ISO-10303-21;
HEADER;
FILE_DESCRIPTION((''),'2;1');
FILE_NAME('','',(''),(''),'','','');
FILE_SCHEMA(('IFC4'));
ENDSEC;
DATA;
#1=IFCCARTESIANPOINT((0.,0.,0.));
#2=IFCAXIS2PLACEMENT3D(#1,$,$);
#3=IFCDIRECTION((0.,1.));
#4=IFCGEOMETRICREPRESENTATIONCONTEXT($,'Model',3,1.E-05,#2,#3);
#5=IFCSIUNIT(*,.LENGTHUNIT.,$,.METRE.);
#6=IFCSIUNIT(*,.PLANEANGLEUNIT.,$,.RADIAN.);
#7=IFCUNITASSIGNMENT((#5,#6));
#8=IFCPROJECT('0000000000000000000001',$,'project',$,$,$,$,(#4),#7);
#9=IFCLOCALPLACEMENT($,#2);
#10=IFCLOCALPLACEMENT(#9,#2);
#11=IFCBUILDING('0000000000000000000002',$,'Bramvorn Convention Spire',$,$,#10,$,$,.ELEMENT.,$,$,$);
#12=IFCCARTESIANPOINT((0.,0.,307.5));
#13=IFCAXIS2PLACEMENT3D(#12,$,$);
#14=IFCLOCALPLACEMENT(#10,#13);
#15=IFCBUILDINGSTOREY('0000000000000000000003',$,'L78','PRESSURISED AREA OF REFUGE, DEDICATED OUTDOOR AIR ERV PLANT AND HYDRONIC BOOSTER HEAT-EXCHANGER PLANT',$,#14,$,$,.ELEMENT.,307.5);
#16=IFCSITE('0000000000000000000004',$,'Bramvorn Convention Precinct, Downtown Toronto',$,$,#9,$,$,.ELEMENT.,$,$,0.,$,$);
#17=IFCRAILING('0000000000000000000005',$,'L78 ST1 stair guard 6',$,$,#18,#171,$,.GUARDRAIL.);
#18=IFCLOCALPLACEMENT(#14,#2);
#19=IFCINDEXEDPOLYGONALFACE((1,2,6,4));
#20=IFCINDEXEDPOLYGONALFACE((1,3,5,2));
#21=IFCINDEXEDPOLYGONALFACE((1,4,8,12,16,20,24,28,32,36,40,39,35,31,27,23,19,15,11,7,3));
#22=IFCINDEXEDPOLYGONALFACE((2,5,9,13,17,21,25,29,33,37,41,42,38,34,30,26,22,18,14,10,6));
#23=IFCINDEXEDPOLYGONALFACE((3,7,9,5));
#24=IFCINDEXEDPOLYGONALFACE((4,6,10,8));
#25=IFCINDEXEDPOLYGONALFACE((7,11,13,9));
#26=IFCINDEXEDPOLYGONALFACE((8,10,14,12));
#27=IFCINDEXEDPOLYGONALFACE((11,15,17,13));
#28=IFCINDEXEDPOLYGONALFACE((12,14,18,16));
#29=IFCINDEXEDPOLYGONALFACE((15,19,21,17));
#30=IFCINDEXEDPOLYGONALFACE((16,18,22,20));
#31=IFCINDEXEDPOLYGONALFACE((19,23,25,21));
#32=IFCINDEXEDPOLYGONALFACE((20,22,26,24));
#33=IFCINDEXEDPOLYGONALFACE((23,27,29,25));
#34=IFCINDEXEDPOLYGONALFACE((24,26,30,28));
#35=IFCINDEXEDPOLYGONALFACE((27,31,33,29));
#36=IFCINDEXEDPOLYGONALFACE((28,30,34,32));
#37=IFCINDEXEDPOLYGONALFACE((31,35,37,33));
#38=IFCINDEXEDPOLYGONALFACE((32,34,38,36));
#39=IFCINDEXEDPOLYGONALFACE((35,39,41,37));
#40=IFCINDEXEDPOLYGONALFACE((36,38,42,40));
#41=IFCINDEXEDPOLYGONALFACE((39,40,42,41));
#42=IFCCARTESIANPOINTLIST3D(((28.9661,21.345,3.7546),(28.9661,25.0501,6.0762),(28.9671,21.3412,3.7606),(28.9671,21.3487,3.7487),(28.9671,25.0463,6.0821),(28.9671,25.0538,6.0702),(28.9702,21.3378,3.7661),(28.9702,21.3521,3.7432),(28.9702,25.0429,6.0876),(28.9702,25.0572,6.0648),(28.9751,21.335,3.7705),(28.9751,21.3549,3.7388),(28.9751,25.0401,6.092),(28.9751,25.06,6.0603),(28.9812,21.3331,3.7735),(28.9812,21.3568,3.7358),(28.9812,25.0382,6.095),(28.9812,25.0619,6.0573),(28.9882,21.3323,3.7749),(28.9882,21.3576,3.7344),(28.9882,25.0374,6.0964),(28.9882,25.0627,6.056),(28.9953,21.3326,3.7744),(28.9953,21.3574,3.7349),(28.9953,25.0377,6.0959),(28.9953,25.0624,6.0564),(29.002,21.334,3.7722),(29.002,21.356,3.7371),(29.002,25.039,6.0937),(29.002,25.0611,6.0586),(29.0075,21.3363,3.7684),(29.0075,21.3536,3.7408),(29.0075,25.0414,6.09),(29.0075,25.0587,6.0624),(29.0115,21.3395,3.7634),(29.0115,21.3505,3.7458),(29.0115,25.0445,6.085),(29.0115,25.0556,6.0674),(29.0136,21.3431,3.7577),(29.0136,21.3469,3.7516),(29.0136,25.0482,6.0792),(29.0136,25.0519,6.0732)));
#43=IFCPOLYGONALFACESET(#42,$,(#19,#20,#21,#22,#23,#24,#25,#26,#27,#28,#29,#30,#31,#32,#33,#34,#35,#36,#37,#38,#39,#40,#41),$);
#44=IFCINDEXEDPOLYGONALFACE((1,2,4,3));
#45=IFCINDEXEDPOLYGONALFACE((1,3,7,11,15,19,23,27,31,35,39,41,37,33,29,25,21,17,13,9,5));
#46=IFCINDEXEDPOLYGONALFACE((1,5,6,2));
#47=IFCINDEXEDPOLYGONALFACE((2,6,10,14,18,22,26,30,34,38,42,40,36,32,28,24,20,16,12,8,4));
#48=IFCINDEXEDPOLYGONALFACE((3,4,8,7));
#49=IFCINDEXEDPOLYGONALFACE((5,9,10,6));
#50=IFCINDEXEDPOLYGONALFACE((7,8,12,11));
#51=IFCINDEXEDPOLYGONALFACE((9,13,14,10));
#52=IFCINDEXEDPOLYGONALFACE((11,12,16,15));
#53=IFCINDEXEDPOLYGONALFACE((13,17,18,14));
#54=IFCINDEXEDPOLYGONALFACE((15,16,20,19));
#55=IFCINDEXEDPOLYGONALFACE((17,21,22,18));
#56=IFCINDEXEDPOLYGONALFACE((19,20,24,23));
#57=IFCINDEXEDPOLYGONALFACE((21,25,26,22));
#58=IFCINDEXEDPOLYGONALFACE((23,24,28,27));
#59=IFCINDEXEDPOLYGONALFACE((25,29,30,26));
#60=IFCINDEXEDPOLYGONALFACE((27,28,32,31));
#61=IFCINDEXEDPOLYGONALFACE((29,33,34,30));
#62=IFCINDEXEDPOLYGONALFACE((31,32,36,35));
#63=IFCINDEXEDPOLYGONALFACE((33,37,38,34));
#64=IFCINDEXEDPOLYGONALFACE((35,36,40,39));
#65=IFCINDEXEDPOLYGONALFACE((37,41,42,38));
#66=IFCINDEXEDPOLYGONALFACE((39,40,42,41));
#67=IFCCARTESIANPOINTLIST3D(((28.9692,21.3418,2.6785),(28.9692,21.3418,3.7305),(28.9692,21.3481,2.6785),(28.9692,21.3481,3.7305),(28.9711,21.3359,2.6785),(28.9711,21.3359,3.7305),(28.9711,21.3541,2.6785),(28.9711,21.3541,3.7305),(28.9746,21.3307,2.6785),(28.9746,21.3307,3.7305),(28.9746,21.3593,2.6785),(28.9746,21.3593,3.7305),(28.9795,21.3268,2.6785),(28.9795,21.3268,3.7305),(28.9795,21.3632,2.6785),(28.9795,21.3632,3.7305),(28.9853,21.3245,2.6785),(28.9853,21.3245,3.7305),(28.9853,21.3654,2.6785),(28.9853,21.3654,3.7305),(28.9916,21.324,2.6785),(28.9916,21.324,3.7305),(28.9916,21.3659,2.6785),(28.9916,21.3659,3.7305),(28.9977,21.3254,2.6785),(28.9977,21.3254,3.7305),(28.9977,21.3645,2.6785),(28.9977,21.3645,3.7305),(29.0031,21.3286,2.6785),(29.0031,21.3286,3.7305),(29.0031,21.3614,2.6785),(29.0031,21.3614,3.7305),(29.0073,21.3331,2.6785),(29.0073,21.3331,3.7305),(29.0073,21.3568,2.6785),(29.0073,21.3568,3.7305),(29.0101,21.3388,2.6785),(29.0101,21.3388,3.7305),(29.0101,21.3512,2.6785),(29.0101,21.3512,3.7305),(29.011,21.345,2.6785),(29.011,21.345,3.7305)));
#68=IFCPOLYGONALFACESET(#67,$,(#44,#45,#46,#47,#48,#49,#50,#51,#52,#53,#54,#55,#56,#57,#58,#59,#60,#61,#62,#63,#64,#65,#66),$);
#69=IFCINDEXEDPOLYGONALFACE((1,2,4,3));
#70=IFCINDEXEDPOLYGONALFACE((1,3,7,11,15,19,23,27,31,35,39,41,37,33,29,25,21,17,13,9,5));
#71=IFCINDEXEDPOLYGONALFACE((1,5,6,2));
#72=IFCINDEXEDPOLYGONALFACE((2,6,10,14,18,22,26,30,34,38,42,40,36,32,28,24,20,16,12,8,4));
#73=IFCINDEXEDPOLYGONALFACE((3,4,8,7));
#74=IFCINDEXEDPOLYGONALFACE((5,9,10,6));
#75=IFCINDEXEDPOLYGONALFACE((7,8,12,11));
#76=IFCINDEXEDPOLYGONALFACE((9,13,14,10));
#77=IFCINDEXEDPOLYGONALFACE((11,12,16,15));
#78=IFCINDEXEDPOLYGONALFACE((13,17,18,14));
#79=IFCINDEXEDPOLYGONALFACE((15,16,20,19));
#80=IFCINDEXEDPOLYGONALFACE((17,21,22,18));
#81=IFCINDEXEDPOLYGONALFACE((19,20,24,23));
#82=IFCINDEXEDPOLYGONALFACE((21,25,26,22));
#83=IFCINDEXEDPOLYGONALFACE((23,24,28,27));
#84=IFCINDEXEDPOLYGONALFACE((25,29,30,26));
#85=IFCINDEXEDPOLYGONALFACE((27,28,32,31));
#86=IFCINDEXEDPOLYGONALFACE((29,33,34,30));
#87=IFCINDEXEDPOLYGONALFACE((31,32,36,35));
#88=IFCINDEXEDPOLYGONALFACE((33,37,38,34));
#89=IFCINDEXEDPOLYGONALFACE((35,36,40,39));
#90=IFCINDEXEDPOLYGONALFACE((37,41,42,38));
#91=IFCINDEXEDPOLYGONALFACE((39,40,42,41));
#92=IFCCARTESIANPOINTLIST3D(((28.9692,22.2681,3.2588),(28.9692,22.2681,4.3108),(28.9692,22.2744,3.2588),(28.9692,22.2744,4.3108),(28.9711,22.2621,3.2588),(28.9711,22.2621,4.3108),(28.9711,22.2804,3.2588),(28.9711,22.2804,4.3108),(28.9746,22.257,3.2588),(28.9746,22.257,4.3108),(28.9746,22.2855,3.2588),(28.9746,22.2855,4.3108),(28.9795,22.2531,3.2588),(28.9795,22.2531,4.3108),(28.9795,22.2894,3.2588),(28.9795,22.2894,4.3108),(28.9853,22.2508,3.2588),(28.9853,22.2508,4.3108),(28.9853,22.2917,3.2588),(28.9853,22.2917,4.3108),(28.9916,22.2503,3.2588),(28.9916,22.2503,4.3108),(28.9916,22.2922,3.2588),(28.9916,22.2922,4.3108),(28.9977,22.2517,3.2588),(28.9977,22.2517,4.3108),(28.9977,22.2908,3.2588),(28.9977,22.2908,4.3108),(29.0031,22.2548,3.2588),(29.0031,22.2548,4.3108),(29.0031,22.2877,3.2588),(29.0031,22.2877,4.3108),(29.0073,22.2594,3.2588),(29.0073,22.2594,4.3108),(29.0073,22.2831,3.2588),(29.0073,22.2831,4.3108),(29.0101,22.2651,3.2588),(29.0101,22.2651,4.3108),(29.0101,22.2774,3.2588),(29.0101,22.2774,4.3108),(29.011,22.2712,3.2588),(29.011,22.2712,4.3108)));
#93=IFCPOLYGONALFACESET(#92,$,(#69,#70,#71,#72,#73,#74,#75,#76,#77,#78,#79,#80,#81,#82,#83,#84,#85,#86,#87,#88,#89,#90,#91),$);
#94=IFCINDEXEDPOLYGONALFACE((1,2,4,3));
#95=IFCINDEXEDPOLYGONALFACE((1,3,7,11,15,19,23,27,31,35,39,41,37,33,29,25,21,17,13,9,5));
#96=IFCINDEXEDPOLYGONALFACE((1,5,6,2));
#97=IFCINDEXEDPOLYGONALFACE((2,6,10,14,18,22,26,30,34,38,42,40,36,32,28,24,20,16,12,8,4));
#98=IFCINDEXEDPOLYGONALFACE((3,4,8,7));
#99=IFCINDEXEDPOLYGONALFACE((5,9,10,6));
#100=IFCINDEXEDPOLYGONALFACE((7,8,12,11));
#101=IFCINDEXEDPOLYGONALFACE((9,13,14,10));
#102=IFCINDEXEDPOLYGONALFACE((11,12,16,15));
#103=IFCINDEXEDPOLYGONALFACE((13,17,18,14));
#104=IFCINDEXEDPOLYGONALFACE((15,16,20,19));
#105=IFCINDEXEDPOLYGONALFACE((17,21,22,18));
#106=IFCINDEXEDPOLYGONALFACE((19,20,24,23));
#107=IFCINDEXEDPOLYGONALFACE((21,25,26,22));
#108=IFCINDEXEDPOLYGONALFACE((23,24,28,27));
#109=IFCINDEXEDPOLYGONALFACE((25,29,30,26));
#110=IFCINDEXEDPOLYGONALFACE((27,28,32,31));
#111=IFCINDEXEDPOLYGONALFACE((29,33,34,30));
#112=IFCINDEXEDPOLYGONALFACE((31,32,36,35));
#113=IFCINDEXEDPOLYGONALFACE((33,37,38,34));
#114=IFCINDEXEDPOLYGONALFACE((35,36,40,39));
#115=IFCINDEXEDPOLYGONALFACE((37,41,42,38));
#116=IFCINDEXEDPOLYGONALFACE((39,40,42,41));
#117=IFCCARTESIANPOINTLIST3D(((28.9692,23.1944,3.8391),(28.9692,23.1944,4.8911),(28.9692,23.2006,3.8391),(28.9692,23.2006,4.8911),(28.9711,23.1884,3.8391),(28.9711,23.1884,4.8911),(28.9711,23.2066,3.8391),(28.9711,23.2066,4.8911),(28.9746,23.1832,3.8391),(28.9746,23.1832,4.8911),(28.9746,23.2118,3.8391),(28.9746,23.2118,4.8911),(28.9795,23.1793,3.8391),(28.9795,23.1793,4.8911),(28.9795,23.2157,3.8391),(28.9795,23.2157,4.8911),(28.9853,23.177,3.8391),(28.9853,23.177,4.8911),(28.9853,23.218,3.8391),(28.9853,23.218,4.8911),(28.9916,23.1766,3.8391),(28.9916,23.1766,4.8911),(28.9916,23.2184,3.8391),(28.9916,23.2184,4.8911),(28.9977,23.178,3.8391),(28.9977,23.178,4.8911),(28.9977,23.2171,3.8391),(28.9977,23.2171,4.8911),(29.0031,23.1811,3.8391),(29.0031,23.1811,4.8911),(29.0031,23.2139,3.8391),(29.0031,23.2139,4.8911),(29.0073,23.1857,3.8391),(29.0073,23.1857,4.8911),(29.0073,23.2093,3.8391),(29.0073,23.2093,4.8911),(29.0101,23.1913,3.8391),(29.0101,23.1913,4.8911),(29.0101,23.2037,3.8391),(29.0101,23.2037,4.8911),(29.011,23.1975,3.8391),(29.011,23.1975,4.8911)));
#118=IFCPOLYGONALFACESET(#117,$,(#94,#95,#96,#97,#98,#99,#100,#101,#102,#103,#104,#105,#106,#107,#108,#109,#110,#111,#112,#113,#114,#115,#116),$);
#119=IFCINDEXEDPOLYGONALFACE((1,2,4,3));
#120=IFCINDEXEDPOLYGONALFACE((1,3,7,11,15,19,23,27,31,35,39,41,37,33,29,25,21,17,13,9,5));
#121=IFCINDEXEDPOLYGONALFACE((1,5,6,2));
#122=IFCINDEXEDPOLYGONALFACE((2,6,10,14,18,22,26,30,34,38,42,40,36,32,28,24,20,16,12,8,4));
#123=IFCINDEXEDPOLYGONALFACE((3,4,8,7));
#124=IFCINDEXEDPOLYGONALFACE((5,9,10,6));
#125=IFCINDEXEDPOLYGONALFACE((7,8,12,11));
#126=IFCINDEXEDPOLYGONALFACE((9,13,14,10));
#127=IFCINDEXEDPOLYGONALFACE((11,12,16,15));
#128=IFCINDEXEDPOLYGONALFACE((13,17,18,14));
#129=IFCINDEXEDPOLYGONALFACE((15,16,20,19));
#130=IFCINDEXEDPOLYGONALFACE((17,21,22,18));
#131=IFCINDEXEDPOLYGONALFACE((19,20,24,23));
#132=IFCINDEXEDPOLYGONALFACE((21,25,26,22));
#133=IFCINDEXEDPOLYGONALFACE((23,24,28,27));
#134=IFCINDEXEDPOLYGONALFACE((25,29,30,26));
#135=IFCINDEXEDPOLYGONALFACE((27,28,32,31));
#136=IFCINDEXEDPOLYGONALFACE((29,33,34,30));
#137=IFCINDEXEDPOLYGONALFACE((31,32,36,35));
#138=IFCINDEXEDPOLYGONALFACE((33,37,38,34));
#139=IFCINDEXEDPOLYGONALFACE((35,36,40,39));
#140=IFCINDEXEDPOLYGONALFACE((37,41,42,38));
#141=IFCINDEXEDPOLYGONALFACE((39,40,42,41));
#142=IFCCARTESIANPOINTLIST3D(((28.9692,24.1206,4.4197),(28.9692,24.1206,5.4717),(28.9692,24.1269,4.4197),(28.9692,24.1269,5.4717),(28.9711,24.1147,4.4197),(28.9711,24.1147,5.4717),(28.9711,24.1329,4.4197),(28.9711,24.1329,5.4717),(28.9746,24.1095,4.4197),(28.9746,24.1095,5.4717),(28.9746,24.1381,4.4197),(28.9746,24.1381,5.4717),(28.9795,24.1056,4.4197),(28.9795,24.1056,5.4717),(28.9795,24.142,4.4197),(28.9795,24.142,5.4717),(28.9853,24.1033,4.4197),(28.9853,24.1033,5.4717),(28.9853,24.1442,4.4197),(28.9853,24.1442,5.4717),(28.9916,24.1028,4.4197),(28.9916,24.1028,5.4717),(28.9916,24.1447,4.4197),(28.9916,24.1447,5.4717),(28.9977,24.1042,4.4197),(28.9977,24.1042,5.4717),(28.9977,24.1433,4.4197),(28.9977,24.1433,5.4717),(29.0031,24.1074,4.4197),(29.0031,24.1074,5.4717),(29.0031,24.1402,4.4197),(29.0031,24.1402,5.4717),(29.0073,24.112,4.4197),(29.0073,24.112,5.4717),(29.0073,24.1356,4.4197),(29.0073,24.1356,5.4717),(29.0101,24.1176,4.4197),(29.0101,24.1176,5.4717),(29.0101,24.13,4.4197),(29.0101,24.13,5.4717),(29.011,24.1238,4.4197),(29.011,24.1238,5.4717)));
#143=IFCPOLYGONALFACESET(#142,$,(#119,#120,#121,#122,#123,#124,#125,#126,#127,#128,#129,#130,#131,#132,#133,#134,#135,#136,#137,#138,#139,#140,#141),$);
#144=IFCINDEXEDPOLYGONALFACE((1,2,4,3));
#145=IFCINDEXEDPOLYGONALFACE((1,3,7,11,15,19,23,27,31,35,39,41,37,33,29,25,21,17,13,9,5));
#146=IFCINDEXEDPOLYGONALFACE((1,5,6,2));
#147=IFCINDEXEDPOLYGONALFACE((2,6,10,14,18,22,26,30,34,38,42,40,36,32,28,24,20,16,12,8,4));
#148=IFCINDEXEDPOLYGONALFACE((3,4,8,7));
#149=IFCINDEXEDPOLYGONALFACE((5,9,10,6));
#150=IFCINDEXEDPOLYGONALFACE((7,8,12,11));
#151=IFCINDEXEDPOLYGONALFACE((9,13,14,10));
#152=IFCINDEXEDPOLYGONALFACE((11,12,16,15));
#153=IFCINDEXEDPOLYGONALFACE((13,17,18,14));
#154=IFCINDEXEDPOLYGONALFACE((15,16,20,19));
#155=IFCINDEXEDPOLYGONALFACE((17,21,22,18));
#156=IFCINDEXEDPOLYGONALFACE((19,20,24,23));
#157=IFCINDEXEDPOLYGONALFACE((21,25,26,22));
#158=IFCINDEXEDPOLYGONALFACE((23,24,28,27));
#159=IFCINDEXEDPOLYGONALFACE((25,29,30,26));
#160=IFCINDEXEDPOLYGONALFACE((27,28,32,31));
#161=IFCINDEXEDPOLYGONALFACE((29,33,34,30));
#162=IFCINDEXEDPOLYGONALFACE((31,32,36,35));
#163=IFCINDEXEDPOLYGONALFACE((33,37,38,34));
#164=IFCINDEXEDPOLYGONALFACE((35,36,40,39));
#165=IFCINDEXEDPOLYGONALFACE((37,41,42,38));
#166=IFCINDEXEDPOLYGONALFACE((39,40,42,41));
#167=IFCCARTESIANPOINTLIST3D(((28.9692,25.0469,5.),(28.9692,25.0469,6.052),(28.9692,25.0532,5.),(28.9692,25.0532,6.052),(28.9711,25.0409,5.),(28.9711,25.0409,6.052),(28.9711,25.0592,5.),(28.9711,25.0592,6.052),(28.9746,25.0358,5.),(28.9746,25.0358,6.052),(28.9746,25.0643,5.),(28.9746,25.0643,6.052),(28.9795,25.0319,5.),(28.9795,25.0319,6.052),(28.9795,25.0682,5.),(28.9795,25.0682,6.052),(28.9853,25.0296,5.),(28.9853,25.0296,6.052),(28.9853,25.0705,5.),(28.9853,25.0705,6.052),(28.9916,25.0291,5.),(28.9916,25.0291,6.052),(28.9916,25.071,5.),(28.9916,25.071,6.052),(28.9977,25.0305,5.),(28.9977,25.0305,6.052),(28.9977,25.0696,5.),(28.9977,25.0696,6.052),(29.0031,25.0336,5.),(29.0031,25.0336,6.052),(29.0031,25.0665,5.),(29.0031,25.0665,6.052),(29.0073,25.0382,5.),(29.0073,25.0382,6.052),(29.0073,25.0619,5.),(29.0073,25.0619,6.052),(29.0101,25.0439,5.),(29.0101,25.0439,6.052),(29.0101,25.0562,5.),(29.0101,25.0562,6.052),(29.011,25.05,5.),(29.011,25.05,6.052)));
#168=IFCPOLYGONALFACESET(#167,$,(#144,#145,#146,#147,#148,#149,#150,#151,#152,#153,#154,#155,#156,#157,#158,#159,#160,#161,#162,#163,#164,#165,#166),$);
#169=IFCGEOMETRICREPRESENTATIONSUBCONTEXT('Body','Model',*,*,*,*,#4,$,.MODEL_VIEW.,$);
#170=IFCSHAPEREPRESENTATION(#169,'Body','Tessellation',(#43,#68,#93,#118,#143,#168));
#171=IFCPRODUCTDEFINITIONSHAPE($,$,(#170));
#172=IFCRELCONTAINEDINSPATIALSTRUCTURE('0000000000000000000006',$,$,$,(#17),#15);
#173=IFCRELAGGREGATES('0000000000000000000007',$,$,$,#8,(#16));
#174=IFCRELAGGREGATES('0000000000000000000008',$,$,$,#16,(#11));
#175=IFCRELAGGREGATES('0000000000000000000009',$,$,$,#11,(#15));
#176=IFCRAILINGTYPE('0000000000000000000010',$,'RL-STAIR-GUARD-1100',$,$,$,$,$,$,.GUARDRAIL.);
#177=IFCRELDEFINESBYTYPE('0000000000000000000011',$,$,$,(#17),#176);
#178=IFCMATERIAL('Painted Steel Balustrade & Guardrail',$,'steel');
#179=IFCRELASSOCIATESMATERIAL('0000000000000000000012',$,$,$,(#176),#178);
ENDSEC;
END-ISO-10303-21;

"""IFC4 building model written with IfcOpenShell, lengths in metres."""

from ifc_helpers import new_model, si_unit, direction, frame, origin, origin_2d, place, context, subcontext, project, spatial, circle, extrude, material, type_object, element, save


model = new_model("IFC4")

# Units and contexts
model_context = context("Model", 3, precision=1e-05, world=origin(), true_north=direction((0.0, 1.0)))
body_context = subcontext(model_context, "Body", "Model", "MODEL_VIEW")
ifc_project = project(units=[si_unit("LENGTHUNIT", "METRE"), si_unit("PLANEANGLEUNIT", "RADIAN")], contexts=[model_context])

# Site, building, storey
site_placement = place(None, origin())
site = spatial("IfcSite", under=ifc_project, at=site_placement, Name="Bramvorn Convention Precinct, Downtown Toronto", CompositionType="ELEMENT", RefElevation=0.0)
building_placement = place(site_placement, origin())
building = spatial("IfcBuilding", under=site, at=building_placement, Name="Bramvorn Convention Spire", CompositionType="ELEMENT")
storey_placement = place(building_placement, frame((0.0, 0.0, 307.5)))
storey = spatial("IfcBuildingStorey", under=building, at=storey_placement, Name="L78", Description="PRESSURISED AREA OF REFUGE, DEDICATED OUTDOOR AIR ERV PLANT AND HYDRONIC BOOSTER HEAT-EXCHANGER PLANT", CompositionType="ELEMENT", Elevation=307.5)

# Railing
ifc_material_1 = material(Name="Painted Steel Balustrade & Guardrail", Category="steel")
railing_type_1 = type_object("IfcRailingType", Name="RL-STAIR-GUARD-1100", PredefinedType="GUARDRAIL", material=ifc_material_1)
railing_1_placement = place(storey_placement, frame((28.99, 21.345, 2.6785)))
element("IfcRailing", 1, at=railing_1_placement, inside=storey, type_object=railing_type_1, Name="L78 ST1 stair guard 6", PredefinedType="GUARDRAIL", context=body_context, shape_type="SweptSolid", body=[
    extrude(circle(Radius=0.0239, at=origin_2d()), frame((0.0, 0.0, 1.0762), z_axis=(0.0, 0.847395, 0.530962), x_axis=(-1.0, 0.0, 0.0)), (0.0, 0.0, 1.0), 4.3723),
    extrude(circle(Radius=0.021, at=origin_2d()), origin(), (0.0, 0.0, 1.0), 1.052),
    extrude(circle(Radius=0.021, at=origin_2d()), frame((0.0, 0.9263, 0.5803)), (0.0, 0.0, 1.0), 1.052),
    extrude(circle(Radius=0.021, at=origin_2d()), frame((0.0, 1.8525, 1.1606)), (0.0, 0.0, 1.0), 1.052),
    extrude(circle(Radius=0.021, at=origin_2d()), frame((0.0, 2.7788, 1.7412)), (0.0, 0.0, 1.0), 1.052),
    extrude(circle(Radius=0.021, at=origin_2d()), frame((0.0, 3.7051, 2.3215)), (0.0, 0.0, 1.0), 1.052),
])

save(model, "model.ifc")
